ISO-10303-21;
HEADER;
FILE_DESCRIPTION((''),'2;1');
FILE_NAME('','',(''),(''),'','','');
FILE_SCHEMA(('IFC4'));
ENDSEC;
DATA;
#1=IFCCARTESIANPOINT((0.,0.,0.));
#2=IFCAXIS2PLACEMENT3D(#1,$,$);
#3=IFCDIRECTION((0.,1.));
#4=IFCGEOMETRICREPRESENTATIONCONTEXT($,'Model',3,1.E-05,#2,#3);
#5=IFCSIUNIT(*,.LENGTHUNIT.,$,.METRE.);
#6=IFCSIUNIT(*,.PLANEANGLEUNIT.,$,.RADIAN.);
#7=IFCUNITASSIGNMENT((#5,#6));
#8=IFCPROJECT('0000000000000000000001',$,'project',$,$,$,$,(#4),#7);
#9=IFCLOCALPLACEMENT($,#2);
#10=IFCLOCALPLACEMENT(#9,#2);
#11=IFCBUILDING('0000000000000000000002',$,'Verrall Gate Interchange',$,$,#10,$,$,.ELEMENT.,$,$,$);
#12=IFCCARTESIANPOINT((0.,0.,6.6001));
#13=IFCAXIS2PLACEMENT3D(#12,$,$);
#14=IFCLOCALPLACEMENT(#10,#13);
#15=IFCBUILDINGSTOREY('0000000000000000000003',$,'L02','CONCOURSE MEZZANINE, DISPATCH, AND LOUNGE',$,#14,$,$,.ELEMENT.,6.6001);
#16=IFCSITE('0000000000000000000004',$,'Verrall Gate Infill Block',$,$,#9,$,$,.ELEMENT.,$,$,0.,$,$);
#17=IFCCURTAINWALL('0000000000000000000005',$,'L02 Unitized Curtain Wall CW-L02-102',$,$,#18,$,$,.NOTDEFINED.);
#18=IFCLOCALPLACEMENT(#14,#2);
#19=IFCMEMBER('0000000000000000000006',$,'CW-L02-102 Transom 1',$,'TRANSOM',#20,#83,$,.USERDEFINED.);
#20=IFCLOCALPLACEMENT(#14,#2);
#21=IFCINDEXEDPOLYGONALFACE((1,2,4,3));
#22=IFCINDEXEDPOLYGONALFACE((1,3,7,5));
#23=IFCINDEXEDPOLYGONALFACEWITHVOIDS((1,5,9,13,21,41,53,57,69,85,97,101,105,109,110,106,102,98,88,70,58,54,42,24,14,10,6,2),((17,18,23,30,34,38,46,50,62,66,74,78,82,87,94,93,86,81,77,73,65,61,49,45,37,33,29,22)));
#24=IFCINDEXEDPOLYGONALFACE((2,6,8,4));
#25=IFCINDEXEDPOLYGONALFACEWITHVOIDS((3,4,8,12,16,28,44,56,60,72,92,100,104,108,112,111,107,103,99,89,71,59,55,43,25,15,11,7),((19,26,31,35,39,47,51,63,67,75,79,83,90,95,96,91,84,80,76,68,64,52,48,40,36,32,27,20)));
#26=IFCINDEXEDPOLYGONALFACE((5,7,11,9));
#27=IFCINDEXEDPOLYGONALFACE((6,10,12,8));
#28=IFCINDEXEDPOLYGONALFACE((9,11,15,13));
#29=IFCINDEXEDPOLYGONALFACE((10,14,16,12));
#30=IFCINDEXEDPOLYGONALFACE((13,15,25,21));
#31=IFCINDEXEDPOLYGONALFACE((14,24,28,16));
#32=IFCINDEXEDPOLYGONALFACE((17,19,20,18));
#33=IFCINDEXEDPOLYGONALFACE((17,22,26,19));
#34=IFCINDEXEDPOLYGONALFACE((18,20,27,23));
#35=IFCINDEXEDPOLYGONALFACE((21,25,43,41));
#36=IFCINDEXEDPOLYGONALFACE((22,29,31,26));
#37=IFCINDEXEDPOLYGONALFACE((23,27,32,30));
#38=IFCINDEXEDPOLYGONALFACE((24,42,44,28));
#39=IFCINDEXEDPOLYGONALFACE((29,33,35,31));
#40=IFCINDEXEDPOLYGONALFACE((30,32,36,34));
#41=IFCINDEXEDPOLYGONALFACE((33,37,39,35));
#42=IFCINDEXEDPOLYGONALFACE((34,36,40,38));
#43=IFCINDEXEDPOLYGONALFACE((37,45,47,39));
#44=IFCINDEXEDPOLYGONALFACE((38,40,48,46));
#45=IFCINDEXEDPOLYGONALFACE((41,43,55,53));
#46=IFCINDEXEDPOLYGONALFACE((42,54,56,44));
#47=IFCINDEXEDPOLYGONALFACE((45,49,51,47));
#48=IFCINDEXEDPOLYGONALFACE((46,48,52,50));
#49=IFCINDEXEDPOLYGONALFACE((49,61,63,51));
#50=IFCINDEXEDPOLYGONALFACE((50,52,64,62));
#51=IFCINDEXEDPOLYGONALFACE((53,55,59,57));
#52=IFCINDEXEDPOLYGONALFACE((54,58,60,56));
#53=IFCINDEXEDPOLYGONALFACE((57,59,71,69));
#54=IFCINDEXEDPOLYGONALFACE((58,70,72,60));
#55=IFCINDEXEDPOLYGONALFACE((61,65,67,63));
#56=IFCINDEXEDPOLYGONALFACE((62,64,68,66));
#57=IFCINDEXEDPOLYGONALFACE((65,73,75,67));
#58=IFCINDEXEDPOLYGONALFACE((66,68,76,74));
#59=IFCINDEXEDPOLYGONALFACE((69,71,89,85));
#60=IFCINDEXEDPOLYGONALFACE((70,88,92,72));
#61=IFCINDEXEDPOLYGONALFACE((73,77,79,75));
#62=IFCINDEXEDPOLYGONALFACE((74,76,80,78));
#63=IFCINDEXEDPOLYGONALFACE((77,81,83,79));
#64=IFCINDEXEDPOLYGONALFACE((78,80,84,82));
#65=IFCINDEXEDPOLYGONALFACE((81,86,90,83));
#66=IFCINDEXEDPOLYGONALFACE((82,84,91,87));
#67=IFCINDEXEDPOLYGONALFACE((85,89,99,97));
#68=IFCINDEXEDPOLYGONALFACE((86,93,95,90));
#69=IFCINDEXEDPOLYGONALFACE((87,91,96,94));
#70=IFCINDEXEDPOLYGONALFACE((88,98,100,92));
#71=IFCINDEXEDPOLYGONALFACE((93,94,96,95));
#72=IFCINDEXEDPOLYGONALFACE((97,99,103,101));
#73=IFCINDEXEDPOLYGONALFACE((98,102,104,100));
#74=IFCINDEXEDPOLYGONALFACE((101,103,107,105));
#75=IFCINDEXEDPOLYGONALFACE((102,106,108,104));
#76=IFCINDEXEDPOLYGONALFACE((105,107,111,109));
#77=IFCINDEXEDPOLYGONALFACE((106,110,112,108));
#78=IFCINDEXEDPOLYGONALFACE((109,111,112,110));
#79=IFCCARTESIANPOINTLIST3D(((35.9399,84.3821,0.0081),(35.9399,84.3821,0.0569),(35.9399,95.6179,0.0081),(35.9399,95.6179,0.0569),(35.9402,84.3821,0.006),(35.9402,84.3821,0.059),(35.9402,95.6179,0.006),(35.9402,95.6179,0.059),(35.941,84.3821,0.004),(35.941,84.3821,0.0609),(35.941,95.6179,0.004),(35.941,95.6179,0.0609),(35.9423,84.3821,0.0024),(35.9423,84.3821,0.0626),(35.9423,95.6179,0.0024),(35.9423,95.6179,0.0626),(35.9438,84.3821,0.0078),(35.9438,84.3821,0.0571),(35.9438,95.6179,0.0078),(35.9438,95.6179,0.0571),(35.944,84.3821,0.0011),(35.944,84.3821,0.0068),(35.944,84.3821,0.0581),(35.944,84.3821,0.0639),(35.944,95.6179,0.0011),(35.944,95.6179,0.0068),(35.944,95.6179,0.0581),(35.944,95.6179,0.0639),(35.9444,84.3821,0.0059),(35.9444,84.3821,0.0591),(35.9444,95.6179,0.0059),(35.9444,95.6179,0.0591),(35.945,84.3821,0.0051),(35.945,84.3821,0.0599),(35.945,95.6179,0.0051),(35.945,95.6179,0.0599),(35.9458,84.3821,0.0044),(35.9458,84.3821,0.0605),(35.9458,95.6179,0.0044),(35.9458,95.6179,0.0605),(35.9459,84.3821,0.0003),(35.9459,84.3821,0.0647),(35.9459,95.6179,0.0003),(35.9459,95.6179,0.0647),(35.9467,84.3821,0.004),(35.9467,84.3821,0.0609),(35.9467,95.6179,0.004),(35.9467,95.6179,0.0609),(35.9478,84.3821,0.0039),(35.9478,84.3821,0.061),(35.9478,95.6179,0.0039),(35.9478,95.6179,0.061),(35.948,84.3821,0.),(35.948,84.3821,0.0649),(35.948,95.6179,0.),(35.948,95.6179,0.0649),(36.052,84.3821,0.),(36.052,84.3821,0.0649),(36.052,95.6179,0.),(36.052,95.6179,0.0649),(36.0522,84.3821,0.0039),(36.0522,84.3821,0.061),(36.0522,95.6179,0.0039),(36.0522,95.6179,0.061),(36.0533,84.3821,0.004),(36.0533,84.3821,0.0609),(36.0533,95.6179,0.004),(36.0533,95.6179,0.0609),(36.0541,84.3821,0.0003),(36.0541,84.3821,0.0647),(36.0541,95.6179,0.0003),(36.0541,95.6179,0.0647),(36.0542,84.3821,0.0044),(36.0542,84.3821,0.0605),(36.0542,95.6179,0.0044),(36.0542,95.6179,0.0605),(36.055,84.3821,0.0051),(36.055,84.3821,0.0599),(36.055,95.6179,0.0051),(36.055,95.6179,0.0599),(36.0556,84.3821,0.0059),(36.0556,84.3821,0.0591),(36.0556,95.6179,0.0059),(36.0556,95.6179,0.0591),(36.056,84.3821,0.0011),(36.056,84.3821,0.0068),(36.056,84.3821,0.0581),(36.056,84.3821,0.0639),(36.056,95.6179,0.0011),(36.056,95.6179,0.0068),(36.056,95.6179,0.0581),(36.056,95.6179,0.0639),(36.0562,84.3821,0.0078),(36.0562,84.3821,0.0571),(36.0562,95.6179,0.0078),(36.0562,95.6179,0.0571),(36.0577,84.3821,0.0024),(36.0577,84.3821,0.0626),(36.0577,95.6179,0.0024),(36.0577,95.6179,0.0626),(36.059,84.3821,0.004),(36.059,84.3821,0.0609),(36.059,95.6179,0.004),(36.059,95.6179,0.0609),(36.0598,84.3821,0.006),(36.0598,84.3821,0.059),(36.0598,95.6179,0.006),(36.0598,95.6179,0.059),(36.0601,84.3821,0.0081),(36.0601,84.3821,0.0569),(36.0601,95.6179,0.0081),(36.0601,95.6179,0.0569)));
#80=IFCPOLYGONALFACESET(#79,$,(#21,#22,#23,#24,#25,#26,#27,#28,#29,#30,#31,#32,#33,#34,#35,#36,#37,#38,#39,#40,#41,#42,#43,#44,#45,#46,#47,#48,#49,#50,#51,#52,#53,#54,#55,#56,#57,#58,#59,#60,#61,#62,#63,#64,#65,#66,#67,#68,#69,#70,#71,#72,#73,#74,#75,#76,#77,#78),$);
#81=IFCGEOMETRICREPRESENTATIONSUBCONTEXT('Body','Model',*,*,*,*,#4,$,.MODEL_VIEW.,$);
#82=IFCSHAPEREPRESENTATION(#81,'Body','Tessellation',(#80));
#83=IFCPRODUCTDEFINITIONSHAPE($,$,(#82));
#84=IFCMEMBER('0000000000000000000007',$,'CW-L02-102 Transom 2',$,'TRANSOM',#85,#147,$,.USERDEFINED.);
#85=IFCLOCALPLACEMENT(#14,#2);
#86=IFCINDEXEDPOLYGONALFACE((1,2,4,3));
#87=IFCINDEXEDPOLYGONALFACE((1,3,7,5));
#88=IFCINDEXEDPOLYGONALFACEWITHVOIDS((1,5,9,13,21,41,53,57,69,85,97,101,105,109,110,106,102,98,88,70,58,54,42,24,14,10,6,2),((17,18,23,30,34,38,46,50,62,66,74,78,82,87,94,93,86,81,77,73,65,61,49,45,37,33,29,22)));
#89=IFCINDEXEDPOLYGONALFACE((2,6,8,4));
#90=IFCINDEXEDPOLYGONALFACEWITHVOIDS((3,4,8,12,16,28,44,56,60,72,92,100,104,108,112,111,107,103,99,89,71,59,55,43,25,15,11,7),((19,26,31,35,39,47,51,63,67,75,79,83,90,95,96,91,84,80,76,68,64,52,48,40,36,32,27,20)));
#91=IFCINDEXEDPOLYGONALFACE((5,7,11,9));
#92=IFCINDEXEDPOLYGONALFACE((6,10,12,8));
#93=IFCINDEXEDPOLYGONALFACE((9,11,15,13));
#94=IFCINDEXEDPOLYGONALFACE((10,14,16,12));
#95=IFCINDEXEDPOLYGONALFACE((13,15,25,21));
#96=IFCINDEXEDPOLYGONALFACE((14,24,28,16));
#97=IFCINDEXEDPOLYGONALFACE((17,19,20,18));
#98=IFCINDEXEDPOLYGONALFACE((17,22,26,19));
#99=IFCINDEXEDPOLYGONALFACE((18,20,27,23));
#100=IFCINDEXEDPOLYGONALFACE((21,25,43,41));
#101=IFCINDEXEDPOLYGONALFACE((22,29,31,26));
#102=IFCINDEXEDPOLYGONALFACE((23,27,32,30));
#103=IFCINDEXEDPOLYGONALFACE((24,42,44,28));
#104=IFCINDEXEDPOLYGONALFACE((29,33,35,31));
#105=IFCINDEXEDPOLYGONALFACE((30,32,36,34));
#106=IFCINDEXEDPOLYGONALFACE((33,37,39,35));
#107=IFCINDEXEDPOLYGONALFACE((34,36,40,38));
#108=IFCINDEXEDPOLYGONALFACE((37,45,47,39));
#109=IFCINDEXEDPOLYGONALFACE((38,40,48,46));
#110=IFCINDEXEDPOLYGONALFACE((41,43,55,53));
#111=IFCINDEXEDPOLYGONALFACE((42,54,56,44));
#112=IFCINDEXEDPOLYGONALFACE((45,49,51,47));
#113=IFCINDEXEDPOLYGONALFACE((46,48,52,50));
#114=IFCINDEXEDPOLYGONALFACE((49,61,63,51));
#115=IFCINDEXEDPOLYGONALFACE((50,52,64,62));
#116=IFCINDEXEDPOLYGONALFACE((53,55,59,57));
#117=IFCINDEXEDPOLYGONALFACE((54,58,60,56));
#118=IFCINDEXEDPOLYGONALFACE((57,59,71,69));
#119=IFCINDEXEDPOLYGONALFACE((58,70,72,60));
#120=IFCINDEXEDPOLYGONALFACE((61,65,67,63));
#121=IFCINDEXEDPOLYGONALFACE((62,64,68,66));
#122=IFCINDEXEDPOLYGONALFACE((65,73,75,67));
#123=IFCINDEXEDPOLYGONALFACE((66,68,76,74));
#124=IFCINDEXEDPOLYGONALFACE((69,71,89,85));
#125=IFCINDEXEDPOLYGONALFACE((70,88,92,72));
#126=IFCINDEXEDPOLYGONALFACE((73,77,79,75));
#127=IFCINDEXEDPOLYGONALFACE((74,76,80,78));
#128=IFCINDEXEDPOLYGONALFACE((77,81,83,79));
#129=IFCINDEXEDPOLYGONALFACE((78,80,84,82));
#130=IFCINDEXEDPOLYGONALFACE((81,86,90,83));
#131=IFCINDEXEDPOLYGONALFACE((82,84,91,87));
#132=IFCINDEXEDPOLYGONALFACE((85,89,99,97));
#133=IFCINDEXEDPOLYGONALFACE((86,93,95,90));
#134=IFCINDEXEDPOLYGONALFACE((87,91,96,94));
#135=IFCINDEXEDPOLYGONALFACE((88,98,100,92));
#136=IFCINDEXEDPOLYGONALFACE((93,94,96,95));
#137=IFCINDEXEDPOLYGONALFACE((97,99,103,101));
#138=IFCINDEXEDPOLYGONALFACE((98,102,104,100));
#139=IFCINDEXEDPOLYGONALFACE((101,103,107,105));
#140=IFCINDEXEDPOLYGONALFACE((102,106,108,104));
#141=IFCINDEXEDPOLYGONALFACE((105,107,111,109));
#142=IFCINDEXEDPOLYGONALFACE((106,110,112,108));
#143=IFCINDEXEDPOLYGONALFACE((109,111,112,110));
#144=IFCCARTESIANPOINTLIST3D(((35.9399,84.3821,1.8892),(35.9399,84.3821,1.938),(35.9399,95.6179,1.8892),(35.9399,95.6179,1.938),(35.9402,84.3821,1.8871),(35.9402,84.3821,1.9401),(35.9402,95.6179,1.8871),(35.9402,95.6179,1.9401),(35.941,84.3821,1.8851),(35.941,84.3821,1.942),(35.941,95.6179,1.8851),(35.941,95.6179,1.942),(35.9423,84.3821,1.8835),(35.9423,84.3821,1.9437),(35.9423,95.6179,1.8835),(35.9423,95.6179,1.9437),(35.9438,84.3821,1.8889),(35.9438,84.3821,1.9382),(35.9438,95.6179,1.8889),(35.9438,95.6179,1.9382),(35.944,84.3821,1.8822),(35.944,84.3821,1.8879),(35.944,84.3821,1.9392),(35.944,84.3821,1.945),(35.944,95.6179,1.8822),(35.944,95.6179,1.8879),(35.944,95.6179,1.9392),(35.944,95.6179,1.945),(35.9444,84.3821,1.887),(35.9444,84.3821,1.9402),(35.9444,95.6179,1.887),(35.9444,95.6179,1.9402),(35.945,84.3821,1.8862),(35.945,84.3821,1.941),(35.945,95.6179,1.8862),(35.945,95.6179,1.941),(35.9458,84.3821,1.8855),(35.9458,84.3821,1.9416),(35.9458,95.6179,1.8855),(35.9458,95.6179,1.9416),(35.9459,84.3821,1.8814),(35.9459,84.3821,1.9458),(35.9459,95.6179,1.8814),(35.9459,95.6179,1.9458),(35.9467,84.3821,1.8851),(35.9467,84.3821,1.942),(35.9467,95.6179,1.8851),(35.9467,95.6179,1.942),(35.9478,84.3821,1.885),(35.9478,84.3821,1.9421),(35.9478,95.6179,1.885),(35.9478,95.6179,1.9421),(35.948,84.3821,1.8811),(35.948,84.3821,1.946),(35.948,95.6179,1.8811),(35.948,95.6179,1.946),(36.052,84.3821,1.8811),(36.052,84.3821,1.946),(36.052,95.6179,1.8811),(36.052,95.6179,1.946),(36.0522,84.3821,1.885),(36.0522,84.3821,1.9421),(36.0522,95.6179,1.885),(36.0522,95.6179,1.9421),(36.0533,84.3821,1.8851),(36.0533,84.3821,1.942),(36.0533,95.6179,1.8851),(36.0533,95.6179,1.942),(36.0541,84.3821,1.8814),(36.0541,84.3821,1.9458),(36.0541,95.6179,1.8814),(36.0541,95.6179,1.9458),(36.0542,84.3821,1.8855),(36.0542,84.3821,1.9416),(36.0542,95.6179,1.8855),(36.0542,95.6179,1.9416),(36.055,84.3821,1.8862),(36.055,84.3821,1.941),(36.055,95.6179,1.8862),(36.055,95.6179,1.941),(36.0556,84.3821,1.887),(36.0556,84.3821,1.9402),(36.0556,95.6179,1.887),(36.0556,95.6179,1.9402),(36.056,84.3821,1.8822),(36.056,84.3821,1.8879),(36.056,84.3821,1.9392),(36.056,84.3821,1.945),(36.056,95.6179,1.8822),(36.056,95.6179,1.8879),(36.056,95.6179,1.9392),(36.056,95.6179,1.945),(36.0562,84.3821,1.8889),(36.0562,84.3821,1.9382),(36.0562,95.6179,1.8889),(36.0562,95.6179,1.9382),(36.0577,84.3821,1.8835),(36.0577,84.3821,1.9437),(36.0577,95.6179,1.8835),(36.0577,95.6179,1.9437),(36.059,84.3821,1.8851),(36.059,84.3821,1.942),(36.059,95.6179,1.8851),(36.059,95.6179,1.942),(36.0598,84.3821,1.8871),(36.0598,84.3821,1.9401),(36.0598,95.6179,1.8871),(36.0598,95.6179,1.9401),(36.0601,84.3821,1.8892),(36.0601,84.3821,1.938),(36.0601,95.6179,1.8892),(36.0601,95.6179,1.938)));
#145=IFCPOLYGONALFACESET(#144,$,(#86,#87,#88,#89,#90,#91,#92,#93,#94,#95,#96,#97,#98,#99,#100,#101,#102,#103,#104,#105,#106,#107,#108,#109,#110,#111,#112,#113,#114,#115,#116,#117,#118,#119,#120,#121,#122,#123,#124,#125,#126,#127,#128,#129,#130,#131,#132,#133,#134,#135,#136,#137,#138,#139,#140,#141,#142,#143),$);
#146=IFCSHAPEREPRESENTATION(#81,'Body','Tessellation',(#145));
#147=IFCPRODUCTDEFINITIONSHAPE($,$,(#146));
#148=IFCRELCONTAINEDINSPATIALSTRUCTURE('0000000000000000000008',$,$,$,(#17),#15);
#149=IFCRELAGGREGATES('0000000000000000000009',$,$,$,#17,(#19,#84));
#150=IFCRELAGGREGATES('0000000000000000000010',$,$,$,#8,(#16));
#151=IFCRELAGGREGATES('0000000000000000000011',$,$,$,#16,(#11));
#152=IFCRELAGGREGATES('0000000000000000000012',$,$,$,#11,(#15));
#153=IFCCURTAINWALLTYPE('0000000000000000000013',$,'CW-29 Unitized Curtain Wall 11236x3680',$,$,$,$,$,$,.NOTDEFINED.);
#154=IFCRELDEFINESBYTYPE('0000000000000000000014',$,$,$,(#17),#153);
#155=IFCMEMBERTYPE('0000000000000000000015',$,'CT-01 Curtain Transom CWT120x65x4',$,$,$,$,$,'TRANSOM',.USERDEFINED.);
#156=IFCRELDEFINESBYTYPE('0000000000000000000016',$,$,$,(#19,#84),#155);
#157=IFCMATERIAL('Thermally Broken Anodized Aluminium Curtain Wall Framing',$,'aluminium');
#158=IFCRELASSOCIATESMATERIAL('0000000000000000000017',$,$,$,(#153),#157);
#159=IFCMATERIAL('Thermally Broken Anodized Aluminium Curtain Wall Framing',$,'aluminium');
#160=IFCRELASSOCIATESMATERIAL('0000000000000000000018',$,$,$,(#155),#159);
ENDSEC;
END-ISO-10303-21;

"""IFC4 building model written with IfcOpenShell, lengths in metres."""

from ifc_helpers import new_model, si_unit, direction, frame, origin, origin_2d, place, context, subcontext, project, spatial, hollow_rectangle, extrude, material, material_profile, profile_set, type_object, element, aggregate, save


model = new_model("IFC4")

# Units and contexts
model_context = context("Model", 3, precision=1e-05, world=origin(), true_north=direction((0.0, 1.0)))
body_context = subcontext(model_context, "Body", "Model", "MODEL_VIEW")
ifc_project = project(units=[si_unit("LENGTHUNIT", "METRE"), si_unit("PLANEANGLEUNIT", "RADIAN")], contexts=[model_context])

# Site, building, storey
site_placement = place(None, origin())
site = spatial("IfcSite", under=ifc_project, at=site_placement, Name="Verrall Gate Infill Block", CompositionType="ELEMENT", RefElevation=0.0)
building_placement = place(site_placement, origin())
building = spatial("IfcBuilding", under=site, at=building_placement, Name="Verrall Gate Interchange", CompositionType="ELEMENT")
storey_placement = place(building_placement, frame((0.0, 0.0, 6.6001)))
storey = spatial("IfcBuildingStorey", under=building, at=storey_placement, Name="L02", Description="CONCOURSE MEZZANINE, DISPATCH, AND LOUNGE", CompositionType="ELEMENT", Elevation=6.6001)

# Curtain wall, members
ifc_material_1 = material(Name="Thermally Broken Anodized Aluminium Curtain Wall Framing", Category="aluminium")
curtain_wall_type = type_object("IfcCurtainWallType", Name="CW-29 Unitized Curtain Wall 11236x3680", PredefinedType="NOTDEFINED", material=ifc_material_1)
curtain_wall_placement = place(storey_placement, origin())
curtain_wall = element("IfcCurtainWall", 1, at=curtain_wall_placement, inside=storey, type_object=curtain_wall_type, Name="L02 Unitized Curtain Wall CW-L02-102", PredefinedType="NOTDEFINED")
ifc_material_2 = material(Name="Thermally Broken Anodized Aluminium Curtain Wall Framing", Category="aluminium")
ifc_material_profile_1 = material_profile(ifc_material_2, hollow_rectangle(XDim=0.1201, YDim=0.0649, WallThickness=0.0039, InnerFilletRadius=0.0039, OuterFilletRadius=0.0081, at=origin_2d()), Name="CWT120x65x4")
ifc_profile_set_1 = profile_set([ifc_material_profile_1], Name="Thermally Broken Anodized Aluminium Curtain Wall Framing")
member_type_1 = type_object("IfcMemberType", Name="CT-01 Curtain Transom CWT120x65x4", ElementType="TRANSOM", PredefinedType="USERDEFINED", material=ifc_profile_set_1)
member_1_placement = place(storey_placement, frame((36.0, 84.3821, 0.0325), z_axis=(0.0, 1.0, 0.0), x_axis=(-1.0, 0.0, 0.0)))
member_1 = element("IfcMember", 2, at=member_1_placement, type_object=member_type_1, Name="CW-L02-102 Transom 1", ObjectType="TRANSOM", PredefinedType="USERDEFINED", context=body_context, shape_type="SweptSolid", body=[
    extrude(hollow_rectangle(XDim=0.1201, YDim=0.0649, WallThickness=0.0039, InnerFilletRadius=0.0039, OuterFilletRadius=0.0081, at=origin_2d()), origin(), (0.0, 0.0, 1.0), 11.2358),
])
member_2_placement = place(storey_placement, frame((36.0, 84.3821, 1.9136), z_axis=(0.0, 1.0, 0.0), x_axis=(-1.0, 0.0, 0.0)))
member_2 = element("IfcMember", 3, at=member_2_placement, type_object=member_type_1, Name="CW-L02-102 Transom 2", ObjectType="TRANSOM", PredefinedType="USERDEFINED", context=body_context, shape_type="SweptSolid", body=[
    extrude(hollow_rectangle(XDim=0.1201, YDim=0.0649, WallThickness=0.0039, InnerFilletRadius=0.0039, OuterFilletRadius=0.0081, at=origin_2d()), origin(), (0.0, 0.0, 1.0), 11.2358),
])

aggregate(curtain_wall, [member_1, member_2])

save(model, "model.ifc")
